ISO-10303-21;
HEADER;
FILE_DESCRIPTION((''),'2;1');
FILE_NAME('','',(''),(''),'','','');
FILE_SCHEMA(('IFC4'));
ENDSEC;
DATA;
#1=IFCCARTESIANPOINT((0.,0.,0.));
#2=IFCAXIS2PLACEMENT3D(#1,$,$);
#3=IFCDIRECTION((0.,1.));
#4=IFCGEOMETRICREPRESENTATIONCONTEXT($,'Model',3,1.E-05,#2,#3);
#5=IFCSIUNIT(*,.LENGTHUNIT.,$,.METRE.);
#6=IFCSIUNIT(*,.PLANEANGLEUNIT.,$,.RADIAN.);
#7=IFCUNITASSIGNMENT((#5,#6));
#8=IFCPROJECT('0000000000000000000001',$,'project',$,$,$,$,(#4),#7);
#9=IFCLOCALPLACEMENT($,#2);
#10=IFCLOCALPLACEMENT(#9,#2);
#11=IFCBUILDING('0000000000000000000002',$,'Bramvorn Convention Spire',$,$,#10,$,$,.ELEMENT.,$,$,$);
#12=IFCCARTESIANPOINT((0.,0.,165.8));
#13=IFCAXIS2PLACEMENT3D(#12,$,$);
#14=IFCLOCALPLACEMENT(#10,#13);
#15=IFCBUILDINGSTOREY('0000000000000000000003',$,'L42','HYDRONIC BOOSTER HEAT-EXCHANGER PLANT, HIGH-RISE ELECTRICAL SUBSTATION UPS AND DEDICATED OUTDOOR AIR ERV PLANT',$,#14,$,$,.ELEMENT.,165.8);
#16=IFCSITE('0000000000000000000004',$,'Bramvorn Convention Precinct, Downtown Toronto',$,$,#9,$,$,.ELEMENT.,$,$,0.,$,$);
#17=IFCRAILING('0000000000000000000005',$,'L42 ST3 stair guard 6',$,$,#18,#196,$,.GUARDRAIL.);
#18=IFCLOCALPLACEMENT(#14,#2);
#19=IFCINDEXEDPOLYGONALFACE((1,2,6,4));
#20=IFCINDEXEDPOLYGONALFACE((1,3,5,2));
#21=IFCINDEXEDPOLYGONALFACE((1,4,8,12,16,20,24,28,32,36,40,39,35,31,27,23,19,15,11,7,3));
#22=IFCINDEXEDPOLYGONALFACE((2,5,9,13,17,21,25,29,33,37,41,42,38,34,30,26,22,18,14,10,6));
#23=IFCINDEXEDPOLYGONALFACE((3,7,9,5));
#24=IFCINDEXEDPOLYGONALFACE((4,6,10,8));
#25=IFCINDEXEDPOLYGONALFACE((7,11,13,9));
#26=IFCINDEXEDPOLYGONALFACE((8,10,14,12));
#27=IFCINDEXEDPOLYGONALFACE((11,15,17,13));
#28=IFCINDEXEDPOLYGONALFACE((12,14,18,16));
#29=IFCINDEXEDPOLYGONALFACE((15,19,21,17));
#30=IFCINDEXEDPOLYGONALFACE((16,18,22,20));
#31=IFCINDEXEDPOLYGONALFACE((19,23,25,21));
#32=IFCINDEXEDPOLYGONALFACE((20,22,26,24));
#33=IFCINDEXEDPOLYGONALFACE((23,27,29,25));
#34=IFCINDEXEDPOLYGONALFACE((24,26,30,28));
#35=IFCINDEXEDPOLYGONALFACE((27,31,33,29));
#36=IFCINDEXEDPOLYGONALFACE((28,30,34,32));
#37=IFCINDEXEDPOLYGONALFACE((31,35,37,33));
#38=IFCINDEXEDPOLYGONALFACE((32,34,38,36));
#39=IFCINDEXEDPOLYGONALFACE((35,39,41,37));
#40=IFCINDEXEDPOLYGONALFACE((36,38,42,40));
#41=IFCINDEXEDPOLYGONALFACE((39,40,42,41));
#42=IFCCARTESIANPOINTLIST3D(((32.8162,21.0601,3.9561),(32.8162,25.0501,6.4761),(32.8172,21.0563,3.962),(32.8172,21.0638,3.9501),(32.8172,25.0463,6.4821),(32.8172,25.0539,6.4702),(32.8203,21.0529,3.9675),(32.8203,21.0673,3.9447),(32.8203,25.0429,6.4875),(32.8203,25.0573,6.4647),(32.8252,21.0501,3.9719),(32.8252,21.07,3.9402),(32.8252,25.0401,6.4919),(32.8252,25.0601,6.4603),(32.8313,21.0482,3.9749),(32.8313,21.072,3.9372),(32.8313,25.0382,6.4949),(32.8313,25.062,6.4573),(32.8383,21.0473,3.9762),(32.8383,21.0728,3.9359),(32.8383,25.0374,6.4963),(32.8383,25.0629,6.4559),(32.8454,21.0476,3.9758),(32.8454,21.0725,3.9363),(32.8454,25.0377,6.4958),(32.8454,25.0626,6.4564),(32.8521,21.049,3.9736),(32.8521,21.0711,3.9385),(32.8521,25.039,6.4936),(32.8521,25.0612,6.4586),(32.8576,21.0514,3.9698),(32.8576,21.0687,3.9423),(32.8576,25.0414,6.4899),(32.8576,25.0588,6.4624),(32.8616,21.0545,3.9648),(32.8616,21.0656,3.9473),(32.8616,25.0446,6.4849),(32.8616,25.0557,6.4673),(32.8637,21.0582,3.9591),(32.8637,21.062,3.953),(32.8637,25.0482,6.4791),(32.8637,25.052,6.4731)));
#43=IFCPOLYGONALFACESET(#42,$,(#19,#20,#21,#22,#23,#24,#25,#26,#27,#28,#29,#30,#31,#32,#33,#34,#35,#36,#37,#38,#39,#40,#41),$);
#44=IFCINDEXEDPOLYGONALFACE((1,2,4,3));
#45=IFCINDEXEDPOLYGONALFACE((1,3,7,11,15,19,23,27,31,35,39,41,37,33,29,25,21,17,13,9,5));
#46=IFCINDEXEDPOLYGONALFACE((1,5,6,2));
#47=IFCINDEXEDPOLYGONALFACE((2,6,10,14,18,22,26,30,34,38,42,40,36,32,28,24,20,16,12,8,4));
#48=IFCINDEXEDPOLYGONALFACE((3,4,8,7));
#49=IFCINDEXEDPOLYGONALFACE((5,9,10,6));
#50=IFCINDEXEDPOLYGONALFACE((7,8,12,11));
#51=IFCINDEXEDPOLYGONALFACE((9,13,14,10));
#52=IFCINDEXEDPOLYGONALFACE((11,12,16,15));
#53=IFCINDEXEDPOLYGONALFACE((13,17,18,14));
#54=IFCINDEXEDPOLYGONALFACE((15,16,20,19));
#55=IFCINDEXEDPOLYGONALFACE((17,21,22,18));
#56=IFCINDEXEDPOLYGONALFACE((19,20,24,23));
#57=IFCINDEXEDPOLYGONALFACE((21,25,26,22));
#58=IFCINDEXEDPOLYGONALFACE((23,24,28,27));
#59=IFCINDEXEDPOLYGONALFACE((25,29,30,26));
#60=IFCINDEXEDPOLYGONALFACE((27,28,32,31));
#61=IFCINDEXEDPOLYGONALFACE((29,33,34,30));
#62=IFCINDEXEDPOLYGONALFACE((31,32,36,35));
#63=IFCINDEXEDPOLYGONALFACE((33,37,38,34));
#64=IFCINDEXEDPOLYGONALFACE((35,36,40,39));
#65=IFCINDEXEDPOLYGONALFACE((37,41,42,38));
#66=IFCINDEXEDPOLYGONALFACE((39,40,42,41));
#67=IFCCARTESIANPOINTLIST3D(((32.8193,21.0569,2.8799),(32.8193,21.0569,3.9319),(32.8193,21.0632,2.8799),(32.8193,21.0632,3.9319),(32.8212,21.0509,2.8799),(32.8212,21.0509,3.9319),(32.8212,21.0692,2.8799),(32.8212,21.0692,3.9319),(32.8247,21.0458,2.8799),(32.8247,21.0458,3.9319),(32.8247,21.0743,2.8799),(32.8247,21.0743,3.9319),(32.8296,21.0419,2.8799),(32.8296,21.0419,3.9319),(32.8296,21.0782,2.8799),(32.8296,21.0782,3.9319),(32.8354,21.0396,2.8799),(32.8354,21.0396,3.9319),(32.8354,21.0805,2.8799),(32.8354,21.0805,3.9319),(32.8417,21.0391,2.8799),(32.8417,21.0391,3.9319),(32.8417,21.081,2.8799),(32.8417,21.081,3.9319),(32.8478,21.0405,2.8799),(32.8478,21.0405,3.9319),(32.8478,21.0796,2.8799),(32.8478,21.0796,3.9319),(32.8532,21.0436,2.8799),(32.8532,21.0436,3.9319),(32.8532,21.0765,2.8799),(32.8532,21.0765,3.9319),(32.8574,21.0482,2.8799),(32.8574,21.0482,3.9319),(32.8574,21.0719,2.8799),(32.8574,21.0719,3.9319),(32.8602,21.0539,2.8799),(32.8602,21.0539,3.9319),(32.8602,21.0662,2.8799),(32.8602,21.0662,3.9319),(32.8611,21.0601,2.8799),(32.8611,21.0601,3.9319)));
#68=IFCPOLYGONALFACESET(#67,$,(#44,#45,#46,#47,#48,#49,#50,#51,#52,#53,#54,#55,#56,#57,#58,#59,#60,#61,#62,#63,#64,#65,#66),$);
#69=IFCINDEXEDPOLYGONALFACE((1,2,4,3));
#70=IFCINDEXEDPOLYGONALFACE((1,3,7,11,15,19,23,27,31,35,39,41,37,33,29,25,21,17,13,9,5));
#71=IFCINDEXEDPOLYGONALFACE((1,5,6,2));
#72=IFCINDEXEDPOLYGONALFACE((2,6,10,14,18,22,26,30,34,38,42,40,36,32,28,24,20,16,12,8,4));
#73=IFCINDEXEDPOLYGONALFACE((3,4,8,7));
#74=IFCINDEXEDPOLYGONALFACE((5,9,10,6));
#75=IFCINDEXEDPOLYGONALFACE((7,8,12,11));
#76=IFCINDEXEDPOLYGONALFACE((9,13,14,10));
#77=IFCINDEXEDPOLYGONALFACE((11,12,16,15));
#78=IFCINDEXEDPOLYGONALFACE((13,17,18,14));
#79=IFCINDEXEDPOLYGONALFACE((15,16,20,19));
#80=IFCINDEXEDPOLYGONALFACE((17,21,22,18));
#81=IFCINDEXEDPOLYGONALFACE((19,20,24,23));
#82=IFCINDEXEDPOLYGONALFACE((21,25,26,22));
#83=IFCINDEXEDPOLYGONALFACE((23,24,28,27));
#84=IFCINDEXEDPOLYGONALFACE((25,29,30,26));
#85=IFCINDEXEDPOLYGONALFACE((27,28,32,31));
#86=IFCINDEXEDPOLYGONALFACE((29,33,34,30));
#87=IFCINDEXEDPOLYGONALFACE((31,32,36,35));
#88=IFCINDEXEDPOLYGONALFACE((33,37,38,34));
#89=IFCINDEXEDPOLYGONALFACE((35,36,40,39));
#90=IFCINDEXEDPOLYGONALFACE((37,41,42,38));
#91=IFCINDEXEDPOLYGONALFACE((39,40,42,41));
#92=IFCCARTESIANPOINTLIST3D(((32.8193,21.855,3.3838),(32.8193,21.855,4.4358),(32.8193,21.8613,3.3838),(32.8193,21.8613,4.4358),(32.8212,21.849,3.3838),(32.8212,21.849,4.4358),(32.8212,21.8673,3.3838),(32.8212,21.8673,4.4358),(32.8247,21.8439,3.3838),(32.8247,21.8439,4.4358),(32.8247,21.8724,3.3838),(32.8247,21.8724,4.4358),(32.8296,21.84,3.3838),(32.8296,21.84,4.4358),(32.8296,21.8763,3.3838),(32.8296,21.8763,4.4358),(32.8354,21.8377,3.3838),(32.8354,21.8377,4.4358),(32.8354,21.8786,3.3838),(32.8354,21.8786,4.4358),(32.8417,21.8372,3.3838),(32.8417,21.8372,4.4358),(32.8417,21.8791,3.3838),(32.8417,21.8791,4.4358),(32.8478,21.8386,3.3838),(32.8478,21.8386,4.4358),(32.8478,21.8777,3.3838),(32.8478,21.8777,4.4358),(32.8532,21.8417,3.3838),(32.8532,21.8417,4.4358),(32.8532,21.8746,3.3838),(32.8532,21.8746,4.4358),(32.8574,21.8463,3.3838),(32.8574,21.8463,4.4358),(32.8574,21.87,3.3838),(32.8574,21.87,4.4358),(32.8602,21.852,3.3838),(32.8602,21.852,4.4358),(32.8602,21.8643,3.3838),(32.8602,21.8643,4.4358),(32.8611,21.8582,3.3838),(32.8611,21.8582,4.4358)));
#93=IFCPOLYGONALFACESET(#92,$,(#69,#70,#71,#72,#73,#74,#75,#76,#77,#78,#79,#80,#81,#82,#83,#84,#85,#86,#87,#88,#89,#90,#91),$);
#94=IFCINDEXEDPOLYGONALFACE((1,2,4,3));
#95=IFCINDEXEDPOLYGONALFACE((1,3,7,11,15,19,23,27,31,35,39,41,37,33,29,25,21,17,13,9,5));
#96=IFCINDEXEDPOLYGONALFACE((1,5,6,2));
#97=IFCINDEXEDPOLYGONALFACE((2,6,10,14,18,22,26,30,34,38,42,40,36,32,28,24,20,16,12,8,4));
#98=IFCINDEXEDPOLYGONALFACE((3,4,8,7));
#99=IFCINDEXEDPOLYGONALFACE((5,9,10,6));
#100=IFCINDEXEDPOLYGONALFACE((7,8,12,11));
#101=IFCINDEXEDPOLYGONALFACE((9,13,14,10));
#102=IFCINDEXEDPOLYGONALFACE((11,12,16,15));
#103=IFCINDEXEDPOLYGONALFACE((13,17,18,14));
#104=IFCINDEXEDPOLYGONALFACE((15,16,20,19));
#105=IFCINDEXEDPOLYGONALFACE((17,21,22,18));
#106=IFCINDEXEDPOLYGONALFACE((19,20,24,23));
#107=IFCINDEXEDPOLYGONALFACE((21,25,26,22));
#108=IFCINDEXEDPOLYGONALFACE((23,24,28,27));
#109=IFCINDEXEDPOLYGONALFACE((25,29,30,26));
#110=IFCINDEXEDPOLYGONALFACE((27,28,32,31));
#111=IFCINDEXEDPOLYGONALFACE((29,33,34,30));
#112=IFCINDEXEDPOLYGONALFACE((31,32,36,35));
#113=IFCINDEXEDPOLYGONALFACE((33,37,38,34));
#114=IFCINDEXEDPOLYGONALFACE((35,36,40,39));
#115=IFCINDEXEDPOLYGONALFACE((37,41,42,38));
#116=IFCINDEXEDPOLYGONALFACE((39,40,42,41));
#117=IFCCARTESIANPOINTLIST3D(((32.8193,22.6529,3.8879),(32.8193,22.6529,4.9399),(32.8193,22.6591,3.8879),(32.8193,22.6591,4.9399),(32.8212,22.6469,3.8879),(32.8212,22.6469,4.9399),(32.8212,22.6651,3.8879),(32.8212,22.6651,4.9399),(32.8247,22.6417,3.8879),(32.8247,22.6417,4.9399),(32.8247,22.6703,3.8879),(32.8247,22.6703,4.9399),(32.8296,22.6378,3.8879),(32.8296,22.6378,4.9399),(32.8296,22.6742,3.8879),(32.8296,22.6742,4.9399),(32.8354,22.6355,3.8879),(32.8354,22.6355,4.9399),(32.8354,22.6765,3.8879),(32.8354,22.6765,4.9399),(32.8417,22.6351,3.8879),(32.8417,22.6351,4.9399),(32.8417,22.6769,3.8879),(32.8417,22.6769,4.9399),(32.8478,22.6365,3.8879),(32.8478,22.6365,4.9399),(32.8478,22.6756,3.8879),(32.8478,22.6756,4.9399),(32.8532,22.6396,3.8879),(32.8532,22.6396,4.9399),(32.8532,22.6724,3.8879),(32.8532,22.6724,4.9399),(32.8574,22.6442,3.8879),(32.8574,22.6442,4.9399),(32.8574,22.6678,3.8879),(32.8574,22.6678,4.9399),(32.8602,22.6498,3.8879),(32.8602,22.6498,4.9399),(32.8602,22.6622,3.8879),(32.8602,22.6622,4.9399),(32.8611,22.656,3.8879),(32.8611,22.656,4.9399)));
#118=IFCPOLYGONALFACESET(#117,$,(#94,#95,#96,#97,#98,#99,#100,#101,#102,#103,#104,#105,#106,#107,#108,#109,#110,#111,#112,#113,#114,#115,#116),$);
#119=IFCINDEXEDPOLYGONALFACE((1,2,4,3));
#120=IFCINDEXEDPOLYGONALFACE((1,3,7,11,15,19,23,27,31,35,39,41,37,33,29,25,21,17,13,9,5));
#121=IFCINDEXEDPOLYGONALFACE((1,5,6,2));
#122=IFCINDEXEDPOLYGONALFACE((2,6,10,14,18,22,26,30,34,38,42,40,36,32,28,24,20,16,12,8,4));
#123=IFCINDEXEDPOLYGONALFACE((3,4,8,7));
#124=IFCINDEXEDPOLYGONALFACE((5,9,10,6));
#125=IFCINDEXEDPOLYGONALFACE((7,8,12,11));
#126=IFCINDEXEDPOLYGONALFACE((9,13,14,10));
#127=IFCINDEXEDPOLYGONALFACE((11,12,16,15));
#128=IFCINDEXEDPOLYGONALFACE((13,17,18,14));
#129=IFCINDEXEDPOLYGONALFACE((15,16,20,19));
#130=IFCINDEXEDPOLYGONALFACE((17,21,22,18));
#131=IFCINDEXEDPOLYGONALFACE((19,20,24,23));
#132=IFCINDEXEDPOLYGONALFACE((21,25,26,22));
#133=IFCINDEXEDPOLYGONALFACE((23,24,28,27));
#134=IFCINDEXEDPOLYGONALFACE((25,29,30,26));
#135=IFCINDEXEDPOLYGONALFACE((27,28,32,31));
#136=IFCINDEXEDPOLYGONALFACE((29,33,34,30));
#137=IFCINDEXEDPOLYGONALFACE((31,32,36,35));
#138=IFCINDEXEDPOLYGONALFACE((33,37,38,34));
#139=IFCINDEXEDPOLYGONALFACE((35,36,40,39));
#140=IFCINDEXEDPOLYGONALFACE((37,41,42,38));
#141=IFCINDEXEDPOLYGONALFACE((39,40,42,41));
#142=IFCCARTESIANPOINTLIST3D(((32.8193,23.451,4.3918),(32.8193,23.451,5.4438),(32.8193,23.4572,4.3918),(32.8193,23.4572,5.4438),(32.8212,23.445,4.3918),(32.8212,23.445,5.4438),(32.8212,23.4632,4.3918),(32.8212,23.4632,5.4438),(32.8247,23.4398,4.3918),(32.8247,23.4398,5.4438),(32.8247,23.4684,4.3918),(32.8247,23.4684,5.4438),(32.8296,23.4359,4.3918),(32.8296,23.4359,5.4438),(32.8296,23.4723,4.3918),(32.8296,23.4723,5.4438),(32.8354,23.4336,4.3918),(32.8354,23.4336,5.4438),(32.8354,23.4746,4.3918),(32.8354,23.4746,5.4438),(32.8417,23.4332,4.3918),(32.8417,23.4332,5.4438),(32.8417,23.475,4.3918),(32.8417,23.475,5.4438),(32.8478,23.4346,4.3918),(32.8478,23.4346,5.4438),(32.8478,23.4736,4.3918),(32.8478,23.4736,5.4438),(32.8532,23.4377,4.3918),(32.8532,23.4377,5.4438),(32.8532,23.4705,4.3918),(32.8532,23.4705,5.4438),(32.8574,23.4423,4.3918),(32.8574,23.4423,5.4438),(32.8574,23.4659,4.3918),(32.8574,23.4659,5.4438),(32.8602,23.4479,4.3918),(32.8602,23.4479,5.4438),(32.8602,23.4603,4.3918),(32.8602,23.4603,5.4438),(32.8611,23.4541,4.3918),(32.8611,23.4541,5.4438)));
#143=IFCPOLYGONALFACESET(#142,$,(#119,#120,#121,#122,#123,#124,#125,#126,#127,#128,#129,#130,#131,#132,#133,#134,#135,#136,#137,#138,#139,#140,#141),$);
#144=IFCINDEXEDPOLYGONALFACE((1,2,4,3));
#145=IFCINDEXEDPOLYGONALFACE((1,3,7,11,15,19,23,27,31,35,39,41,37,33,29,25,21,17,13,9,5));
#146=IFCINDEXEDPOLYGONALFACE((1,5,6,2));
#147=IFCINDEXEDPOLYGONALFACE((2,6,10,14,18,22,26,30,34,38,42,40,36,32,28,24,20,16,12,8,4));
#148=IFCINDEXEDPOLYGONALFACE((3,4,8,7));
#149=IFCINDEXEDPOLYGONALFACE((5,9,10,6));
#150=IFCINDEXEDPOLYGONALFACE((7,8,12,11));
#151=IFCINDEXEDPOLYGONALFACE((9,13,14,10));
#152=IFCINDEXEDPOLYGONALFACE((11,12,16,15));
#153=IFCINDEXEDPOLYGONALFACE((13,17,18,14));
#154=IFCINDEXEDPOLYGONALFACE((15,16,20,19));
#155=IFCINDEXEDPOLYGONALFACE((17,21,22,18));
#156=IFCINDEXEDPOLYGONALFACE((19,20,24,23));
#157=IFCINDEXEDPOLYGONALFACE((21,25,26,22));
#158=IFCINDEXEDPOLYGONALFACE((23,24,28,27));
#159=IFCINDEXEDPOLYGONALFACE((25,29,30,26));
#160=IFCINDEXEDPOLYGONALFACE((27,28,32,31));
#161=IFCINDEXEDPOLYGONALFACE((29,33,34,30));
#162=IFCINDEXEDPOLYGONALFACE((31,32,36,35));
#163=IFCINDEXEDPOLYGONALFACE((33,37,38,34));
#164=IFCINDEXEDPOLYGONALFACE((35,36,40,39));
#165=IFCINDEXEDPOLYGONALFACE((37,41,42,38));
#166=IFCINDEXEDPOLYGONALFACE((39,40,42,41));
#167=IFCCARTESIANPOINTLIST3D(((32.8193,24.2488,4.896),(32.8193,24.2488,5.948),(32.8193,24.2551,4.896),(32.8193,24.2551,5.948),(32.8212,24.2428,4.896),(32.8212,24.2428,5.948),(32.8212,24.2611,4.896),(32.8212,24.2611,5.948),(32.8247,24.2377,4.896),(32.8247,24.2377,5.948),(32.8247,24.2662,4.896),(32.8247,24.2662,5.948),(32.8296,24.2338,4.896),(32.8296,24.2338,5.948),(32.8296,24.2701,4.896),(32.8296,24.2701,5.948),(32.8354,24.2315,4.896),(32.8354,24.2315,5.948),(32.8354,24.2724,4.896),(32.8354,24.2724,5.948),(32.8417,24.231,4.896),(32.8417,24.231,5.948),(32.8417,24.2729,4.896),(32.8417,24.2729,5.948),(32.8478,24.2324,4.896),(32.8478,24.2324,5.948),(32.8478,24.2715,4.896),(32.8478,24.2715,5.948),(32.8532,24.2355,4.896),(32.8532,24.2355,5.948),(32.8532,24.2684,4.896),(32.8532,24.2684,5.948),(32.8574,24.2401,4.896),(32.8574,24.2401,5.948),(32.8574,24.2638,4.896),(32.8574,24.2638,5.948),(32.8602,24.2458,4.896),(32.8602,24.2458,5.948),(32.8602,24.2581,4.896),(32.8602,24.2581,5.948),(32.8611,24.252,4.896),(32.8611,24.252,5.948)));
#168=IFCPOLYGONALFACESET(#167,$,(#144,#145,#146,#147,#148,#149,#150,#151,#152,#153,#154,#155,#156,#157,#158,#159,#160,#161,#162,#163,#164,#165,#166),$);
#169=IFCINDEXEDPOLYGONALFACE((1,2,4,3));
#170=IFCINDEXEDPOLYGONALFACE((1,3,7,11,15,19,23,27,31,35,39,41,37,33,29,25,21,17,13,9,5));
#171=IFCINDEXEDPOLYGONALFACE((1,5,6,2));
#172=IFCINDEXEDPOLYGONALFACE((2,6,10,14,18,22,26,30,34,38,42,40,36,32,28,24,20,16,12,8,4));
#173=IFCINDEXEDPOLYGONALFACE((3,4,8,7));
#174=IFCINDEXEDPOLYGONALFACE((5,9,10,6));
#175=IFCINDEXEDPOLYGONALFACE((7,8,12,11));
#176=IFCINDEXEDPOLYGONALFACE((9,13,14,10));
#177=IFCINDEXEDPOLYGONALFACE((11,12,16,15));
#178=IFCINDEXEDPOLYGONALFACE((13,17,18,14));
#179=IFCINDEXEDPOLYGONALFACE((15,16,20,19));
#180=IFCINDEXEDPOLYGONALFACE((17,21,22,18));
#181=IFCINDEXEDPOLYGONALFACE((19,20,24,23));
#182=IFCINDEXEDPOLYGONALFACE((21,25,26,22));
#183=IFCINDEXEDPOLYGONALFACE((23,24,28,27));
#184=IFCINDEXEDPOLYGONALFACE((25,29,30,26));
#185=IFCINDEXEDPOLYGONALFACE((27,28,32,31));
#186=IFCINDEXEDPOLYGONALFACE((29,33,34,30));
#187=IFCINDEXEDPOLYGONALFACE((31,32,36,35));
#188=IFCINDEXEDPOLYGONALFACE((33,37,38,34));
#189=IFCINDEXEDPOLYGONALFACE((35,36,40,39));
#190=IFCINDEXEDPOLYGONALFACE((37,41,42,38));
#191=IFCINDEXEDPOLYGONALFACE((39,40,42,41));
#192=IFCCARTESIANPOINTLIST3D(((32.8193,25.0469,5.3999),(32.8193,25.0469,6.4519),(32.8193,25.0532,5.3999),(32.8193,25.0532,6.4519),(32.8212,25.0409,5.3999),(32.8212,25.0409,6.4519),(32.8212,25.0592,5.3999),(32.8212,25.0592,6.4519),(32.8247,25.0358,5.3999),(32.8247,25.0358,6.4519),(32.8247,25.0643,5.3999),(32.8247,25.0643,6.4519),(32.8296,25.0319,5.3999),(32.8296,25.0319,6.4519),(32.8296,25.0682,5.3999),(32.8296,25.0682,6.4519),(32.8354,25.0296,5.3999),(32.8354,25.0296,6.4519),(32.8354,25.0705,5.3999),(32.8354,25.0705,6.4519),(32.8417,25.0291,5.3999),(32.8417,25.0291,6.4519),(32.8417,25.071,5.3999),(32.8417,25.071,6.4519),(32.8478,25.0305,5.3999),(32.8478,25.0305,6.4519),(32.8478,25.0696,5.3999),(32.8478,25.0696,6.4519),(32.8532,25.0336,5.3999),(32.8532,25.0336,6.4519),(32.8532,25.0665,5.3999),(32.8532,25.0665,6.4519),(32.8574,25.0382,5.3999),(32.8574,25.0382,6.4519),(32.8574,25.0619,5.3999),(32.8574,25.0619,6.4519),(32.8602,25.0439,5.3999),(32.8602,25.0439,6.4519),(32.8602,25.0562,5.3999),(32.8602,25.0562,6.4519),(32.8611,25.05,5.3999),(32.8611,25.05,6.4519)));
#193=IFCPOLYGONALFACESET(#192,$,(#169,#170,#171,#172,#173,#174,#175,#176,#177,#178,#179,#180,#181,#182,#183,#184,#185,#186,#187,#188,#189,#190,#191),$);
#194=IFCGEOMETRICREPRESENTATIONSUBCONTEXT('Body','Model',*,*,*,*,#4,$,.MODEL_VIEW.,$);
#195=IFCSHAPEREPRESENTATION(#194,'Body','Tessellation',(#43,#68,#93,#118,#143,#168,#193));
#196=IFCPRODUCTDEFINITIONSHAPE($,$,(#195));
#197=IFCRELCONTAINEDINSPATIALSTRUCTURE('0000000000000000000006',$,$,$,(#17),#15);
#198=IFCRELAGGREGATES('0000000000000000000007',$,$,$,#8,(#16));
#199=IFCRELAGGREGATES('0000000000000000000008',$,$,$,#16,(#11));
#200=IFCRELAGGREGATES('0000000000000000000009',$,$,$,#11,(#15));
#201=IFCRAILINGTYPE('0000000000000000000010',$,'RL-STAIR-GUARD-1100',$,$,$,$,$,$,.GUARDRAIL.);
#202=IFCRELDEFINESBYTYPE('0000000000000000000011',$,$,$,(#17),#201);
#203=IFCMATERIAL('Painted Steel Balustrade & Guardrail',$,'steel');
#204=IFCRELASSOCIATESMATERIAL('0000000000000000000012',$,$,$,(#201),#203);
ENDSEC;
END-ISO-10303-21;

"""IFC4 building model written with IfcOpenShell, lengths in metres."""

from ifc_helpers import new_model, si_unit, direction, frame, origin, origin_2d, place, context, subcontext, project, spatial, circle, extrude, material, type_object, element, save


model = new_model("IFC4")

# Units and contexts
model_context = context("Model", 3, precision=1e-05, world=origin(), true_north=direction((0.0, 1.0)))
body_context = subcontext(model_context, "Body", "Model", "MODEL_VIEW")
ifc_project = project(units=[si_unit("LENGTHUNIT", "METRE"), si_unit("PLANEANGLEUNIT", "RADIAN")], contexts=[model_context])

# Site, building, storey
site_placement = place(None, origin())
site = spatial("IfcSite", under=ifc_project, at=site_placement, Name="Bramvorn Convention Precinct, Downtown Toronto", CompositionType="ELEMENT", RefElevation=0.0)
building_placement = place(site_placement, origin())
building = spatial("IfcBuilding", under=site, at=building_placement, Name="Bramvorn Convention Spire", CompositionType="ELEMENT")
storey_placement = place(building_placement, frame((0.0, 0.0, 165.8)))
storey = spatial("IfcBuildingStorey", under=building, at=storey_placement, Name="L42", Description="HYDRONIC BOOSTER HEAT-EXCHANGER PLANT, HIGH-RISE ELECTRICAL SUBSTATION UPS AND DEDICATED OUTDOOR AIR ERV PLANT", CompositionType="ELEMENT", Elevation=165.8)

# Railing
ifc_material_1 = material(Name="Painted Steel Balustrade & Guardrail", Category="steel")
railing_type_1 = type_object("IfcRailingType", Name="RL-STAIR-GUARD-1100", PredefinedType="GUARDRAIL", material=ifc_material_1)
railing_1_placement = place(storey_placement, frame((32.8401, 21.0601, 2.8799)))
element("IfcRailing", 1, at=railing_1_placement, inside=storey, type_object=railing_type_1, Name="L42 ST3 stair guard 6", PredefinedType="GUARDRAIL", context=body_context, shape_type="SweptSolid", body=[
    extrude(circle(Radius=0.0239, at=origin_2d()), frame((0.0, 0.0, 1.0762), z_axis=(0.0, 0.845486, 0.533997), x_axis=(-1.0, 0.0, 0.0)), (0.0, 0.0, 1.0), 4.7192),
    extrude(circle(Radius=0.021, at=origin_2d()), origin(), (0.0, 0.0, 1.0), 1.052),
    extrude(circle(Radius=0.021, at=origin_2d()), frame((0.0, 0.7981, 0.5039)), (0.0, 0.0, 1.0), 1.052),
    extrude(circle(Radius=0.021, at=origin_2d()), frame((0.0, 1.5959, 1.0081)), (0.0, 0.0, 1.0), 1.052),
    extrude(circle(Radius=0.021, at=origin_2d()), frame((0.0, 2.394, 1.512)), (0.0, 0.0, 1.0), 1.052),
    extrude(circle(Radius=0.021, at=origin_2d()), frame((0.0, 3.1919, 2.0161)), (0.0, 0.0, 1.0), 1.052),
    extrude(circle(Radius=0.021, at=origin_2d()), frame((0.0, 3.99, 2.52)), (0.0, 0.0, 1.0), 1.052),
])

save(model, "model.ifc")
